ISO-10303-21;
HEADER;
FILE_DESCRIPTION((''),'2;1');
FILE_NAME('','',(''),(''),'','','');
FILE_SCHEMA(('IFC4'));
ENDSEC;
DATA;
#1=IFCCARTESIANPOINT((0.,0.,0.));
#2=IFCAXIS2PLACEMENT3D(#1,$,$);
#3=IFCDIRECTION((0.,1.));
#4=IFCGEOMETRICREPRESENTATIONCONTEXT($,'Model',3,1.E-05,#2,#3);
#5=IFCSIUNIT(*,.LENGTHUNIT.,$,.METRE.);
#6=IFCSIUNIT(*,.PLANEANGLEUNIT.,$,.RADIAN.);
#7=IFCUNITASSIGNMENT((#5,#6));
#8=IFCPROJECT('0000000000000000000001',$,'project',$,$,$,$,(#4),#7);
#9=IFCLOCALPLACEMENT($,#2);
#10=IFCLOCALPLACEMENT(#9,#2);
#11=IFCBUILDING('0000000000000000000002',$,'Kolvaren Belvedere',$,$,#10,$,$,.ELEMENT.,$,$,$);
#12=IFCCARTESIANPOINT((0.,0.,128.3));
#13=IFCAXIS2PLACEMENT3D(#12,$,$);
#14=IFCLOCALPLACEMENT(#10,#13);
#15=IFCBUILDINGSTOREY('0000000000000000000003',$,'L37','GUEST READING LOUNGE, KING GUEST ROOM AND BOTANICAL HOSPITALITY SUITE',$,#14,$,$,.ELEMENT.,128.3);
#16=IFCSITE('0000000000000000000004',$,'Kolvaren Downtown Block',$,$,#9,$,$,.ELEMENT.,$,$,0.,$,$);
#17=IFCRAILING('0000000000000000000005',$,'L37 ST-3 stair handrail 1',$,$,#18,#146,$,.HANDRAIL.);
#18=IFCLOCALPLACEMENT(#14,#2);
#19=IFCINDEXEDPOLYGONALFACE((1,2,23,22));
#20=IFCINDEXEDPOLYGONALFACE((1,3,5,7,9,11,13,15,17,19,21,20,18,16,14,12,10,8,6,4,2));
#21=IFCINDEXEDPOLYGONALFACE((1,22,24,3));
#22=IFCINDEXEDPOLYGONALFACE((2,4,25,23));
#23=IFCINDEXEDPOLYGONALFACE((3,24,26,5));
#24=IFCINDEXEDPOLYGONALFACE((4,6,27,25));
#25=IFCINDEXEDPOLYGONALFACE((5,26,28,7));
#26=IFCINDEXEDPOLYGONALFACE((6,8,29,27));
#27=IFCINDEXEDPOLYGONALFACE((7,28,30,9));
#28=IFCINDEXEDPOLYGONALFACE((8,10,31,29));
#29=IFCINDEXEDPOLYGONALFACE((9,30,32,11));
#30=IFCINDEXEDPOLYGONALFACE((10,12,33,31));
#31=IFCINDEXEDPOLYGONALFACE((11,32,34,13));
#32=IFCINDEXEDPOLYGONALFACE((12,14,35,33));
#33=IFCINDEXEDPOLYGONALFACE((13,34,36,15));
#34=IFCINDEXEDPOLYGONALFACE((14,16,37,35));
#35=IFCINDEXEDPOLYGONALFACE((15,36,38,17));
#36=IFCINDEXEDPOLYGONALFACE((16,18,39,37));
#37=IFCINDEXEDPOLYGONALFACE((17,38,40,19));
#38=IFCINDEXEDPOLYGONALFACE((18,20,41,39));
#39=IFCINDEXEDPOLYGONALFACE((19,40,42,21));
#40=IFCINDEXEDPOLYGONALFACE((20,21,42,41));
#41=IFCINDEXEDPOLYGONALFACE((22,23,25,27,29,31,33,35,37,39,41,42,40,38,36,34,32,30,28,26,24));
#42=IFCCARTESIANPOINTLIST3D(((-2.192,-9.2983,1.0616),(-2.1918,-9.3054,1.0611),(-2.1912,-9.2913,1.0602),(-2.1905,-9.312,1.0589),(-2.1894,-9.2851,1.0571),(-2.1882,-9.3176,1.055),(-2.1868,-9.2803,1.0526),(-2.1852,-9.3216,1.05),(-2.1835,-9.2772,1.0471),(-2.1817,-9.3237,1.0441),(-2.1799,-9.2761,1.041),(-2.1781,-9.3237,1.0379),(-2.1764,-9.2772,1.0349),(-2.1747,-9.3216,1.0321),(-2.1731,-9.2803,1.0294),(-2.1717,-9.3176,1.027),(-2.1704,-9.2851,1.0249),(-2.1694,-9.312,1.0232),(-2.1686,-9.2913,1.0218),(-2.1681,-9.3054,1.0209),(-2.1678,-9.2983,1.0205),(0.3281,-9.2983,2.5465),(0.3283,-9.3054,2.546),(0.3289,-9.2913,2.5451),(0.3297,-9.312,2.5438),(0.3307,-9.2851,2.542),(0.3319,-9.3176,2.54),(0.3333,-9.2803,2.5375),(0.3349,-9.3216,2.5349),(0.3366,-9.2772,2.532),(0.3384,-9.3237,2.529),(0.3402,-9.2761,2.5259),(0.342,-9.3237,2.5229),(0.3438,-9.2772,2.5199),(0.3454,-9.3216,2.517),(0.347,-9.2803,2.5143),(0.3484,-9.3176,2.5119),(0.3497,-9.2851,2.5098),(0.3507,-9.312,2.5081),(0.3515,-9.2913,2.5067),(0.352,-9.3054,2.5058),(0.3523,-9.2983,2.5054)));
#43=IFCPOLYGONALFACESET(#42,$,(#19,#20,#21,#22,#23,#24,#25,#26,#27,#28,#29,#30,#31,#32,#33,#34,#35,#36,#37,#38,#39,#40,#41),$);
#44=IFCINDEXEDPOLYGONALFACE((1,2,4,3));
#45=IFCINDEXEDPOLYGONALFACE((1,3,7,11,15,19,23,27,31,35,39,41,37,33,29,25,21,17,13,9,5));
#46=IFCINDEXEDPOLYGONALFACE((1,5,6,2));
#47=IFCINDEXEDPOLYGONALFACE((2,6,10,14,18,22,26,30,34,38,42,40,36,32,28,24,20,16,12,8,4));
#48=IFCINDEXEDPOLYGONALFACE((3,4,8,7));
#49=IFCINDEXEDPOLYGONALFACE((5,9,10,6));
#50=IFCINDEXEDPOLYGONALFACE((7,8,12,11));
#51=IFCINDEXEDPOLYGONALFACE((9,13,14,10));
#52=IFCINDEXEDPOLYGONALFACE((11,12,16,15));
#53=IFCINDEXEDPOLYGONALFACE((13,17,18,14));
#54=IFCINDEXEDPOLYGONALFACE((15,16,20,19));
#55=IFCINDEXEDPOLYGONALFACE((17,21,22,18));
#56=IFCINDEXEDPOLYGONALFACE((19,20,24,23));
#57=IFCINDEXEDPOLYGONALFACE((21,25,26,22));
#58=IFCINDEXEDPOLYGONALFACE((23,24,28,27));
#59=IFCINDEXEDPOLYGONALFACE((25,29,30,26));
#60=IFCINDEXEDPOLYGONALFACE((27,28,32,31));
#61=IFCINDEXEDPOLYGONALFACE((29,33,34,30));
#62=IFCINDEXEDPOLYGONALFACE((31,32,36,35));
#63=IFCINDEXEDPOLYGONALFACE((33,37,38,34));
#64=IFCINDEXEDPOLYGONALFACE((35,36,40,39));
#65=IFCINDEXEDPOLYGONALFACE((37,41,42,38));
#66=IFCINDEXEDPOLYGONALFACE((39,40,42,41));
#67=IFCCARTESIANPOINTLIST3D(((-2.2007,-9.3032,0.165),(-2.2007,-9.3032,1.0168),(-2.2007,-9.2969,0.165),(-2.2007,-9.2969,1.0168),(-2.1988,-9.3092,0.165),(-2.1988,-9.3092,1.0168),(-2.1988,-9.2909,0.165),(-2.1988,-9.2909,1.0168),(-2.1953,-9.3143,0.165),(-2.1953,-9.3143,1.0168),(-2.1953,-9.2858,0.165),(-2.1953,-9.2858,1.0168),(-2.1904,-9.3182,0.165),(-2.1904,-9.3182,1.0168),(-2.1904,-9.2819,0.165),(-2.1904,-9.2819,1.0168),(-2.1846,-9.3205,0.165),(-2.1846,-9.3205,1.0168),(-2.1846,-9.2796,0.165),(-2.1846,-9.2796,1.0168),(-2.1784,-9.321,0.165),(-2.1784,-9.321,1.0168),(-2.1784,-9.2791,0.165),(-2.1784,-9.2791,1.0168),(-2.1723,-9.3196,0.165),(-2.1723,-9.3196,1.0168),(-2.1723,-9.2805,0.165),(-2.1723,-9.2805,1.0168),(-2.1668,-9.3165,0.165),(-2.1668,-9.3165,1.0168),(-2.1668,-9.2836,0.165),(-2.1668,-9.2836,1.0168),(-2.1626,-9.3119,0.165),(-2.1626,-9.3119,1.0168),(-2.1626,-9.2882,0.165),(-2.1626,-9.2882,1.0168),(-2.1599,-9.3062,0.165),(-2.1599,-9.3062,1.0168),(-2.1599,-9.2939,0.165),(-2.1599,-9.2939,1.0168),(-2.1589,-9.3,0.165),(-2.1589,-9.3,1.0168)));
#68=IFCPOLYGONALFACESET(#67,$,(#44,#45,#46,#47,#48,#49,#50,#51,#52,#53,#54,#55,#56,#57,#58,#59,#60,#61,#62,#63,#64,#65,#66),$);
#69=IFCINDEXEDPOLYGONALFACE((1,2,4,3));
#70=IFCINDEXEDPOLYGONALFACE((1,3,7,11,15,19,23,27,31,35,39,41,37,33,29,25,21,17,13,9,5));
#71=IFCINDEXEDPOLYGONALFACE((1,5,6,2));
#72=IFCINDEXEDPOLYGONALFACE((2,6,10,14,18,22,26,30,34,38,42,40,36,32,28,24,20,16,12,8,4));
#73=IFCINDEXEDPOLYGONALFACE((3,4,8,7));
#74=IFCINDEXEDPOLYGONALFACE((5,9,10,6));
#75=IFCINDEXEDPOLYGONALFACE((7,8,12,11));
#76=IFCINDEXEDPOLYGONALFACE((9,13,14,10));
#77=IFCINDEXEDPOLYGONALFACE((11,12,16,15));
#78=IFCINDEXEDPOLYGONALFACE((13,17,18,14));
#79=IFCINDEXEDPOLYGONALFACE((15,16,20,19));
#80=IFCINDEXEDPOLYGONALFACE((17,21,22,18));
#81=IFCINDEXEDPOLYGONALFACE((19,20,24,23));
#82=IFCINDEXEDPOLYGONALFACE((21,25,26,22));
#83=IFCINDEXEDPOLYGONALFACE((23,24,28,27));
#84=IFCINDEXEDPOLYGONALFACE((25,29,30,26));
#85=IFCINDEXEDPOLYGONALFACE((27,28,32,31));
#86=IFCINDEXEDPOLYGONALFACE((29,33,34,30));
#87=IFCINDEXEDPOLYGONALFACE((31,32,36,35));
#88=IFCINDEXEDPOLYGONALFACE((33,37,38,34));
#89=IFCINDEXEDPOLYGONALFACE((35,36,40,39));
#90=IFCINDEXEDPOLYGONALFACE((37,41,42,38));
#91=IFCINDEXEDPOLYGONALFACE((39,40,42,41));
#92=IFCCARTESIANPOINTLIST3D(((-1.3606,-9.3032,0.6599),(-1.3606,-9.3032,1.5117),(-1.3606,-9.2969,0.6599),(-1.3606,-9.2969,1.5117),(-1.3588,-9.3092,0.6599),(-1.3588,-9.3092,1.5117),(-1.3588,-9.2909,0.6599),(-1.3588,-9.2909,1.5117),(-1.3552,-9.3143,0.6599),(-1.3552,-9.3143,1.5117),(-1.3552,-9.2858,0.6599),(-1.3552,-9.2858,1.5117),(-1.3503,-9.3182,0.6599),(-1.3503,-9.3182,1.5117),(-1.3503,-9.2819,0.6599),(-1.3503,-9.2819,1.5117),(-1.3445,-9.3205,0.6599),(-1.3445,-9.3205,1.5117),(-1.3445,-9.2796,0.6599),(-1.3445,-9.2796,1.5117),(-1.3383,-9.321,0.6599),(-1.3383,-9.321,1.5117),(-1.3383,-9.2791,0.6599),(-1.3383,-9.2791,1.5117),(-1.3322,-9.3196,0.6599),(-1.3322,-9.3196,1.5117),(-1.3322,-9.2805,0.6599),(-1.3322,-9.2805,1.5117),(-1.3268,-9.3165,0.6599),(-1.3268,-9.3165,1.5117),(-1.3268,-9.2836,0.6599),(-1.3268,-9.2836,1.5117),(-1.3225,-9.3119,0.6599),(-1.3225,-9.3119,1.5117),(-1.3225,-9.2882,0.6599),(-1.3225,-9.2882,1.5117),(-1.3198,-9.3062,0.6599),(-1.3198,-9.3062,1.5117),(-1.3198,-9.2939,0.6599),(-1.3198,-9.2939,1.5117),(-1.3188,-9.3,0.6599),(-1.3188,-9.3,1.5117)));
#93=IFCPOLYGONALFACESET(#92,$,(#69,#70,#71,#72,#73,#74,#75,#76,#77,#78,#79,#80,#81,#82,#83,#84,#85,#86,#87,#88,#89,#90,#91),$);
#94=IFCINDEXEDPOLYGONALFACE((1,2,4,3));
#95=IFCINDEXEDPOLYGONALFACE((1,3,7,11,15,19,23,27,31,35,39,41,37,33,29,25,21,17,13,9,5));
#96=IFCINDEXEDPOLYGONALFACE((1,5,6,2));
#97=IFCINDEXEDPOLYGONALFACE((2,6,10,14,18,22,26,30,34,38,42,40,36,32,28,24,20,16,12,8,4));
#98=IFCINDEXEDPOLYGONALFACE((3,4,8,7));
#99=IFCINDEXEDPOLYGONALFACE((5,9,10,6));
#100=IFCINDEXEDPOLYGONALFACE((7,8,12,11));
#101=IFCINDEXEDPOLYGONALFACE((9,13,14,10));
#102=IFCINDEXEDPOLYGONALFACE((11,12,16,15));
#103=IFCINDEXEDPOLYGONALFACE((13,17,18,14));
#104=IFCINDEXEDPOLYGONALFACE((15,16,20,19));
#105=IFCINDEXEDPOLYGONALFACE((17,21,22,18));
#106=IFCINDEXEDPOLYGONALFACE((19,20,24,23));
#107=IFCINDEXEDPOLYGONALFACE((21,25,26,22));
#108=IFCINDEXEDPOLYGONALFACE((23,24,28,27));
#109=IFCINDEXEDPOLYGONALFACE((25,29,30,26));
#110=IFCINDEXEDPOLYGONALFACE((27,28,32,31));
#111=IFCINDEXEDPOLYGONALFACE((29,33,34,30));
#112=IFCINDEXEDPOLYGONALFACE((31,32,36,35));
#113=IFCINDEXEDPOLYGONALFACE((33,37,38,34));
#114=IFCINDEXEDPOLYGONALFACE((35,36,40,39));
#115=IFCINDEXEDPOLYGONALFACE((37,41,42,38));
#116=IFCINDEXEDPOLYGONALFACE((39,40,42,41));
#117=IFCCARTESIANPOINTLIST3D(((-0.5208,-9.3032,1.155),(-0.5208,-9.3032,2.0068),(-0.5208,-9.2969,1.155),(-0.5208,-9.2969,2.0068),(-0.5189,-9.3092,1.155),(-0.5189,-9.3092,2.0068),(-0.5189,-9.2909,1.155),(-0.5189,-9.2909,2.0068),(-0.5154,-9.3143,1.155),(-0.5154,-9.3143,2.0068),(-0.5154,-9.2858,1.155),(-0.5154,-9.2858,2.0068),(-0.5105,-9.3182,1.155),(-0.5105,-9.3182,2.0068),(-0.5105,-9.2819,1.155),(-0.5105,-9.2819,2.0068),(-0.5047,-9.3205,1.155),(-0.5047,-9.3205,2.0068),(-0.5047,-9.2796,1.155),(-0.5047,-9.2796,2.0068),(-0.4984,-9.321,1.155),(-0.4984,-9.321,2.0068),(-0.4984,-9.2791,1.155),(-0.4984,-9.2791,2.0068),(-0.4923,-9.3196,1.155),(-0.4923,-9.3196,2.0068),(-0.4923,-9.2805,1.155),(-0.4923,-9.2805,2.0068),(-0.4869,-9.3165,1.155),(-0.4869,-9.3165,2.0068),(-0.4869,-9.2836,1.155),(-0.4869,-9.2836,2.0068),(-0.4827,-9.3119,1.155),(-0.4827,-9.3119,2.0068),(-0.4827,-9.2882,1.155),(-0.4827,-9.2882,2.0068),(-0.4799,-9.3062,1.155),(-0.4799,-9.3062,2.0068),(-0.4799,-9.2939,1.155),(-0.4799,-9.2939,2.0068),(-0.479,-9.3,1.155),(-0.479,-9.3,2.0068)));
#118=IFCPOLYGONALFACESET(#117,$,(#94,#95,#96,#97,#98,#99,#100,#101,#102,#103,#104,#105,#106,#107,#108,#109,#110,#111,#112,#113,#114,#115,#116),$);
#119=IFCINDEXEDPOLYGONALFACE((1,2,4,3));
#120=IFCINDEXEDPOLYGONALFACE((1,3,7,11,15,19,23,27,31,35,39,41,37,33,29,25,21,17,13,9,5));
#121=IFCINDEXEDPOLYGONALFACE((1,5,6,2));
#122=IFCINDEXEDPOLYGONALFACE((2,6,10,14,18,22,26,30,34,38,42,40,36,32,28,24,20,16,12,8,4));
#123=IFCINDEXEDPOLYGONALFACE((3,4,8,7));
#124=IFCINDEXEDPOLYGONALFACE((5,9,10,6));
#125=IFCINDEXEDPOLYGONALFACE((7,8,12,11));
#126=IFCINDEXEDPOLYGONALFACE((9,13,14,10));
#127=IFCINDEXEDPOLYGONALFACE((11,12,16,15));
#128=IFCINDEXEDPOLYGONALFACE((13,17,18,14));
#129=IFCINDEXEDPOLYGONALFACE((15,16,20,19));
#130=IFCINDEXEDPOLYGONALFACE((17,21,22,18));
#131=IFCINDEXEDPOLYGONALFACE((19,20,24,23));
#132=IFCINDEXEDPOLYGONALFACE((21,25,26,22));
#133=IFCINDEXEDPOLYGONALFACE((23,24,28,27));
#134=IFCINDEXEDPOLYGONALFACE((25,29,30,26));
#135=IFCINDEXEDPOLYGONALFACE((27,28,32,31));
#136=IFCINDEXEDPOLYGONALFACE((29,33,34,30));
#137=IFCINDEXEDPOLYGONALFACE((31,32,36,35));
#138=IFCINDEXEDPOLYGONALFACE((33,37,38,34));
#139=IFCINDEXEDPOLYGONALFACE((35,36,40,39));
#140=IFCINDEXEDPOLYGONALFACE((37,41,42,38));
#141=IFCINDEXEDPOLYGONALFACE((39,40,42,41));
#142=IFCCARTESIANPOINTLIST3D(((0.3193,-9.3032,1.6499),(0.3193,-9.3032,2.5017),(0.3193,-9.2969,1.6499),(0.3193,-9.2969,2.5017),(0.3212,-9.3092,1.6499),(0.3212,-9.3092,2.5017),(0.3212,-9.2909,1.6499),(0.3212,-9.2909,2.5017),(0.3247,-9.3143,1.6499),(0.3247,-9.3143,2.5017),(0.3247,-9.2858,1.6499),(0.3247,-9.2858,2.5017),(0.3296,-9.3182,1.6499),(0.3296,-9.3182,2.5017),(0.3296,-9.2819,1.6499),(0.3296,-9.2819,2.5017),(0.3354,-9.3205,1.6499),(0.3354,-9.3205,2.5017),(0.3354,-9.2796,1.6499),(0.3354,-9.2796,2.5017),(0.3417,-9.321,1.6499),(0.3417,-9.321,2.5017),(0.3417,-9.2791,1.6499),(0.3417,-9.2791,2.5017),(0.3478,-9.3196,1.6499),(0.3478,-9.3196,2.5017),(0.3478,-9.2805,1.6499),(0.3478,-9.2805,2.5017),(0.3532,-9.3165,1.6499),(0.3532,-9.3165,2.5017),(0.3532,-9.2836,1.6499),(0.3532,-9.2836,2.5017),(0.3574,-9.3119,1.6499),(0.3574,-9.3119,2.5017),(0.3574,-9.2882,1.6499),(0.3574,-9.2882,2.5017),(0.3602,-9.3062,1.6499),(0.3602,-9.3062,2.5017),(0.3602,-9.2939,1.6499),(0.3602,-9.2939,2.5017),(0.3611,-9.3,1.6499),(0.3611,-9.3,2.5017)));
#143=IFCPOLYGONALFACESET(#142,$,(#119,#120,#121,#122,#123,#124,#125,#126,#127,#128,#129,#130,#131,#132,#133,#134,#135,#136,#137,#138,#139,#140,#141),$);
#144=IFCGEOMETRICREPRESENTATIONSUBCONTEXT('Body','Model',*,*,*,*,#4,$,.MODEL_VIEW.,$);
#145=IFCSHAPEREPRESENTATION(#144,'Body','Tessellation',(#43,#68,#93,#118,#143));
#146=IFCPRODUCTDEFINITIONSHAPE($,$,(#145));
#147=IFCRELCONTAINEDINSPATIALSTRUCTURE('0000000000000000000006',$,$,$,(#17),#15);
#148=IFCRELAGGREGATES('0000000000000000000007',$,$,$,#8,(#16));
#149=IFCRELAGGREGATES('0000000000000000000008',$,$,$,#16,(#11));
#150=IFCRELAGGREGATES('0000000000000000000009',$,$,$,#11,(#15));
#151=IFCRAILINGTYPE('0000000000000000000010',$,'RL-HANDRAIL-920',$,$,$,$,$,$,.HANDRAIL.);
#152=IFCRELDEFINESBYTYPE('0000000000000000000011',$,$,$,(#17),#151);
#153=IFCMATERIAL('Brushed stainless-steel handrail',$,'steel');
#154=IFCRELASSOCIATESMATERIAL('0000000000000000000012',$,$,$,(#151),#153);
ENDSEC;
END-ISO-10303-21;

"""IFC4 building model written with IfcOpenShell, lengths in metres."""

from ifc_helpers import new_model, si_unit, direction, frame, origin, origin_2d, place, context, subcontext, project, spatial, circle, extrude, material, type_object, element, save


model = new_model("IFC4")

# Units and contexts
model_context = context("Model", 3, precision=1e-05, world=origin(), true_north=direction((0.0, 1.0)))
body_context = subcontext(model_context, "Body", "Model", "MODEL_VIEW")
ifc_project = project(units=[si_unit("LENGTHUNIT", "METRE"), si_unit("PLANEANGLEUNIT", "RADIAN")], contexts=[model_context])

# Site, building, storey
site_placement = place(None, origin())
site = spatial("IfcSite", under=ifc_project, at=site_placement, Name="Kolvaren Downtown Block", CompositionType="ELEMENT", RefElevation=0.0)
building_placement = place(site_placement, origin())
building = spatial("IfcBuilding", under=site, at=building_placement, Name="Kolvaren Belvedere", CompositionType="ELEMENT")
storey_placement = place(building_placement, frame((0.0, 0.0, 128.3)))
storey = spatial("IfcBuildingStorey", under=building, at=storey_placement, Name="L37", Description="GUEST READING LOUNGE, KING GUEST ROOM AND BOTANICAL HOSPITALITY SUITE", CompositionType="ELEMENT", Elevation=128.3)

# Railing
ifc_material_1 = material(Name="Brushed stainless-steel handrail", Category="steel")
railing_type_1 = type_object("IfcRailingType", Name="RL-HANDRAIL-920", PredefinedType="HANDRAIL", material=ifc_material_1)
railing_1_placement = place(storey_placement, frame((-2.1799, -9.3, 0.165)))
element("IfcRailing", 1, at=railing_1_placement, inside=storey, type_object=railing_type_1, Name="L37 ST-3 stair handrail 1", PredefinedType="HANDRAIL", context=body_context, shape_type="SweptSolid", body=[
    extrude(circle(Radius=0.0239, at=origin_2d()), frame((0.0, 0.0, 0.876), z_axis=(0.861561, 0.0, 0.507655), x_axis=(0.0, 1.0, 0.0)), (0.0, 0.0, 1.0), 2.925),
    extrude(circle(Radius=0.021, at=origin_2d()), origin(), (0.0, 0.0, 1.0), 0.8518),
    extrude(circle(Radius=0.021, at=origin_2d()), frame((0.8401, 0.0, 0.4949)), (0.0, 0.0, 1.0), 0.8518),
    extrude(circle(Radius=0.021, at=origin_2d()), frame((1.6799, 0.0, 0.99)), (0.0, 0.0, 1.0), 0.8518),
    extrude(circle(Radius=0.021, at=origin_2d()), frame((2.52, 0.0, 1.4849)), (0.0, 0.0, 1.0), 0.8518),
])

save(model, "model.ifc")
